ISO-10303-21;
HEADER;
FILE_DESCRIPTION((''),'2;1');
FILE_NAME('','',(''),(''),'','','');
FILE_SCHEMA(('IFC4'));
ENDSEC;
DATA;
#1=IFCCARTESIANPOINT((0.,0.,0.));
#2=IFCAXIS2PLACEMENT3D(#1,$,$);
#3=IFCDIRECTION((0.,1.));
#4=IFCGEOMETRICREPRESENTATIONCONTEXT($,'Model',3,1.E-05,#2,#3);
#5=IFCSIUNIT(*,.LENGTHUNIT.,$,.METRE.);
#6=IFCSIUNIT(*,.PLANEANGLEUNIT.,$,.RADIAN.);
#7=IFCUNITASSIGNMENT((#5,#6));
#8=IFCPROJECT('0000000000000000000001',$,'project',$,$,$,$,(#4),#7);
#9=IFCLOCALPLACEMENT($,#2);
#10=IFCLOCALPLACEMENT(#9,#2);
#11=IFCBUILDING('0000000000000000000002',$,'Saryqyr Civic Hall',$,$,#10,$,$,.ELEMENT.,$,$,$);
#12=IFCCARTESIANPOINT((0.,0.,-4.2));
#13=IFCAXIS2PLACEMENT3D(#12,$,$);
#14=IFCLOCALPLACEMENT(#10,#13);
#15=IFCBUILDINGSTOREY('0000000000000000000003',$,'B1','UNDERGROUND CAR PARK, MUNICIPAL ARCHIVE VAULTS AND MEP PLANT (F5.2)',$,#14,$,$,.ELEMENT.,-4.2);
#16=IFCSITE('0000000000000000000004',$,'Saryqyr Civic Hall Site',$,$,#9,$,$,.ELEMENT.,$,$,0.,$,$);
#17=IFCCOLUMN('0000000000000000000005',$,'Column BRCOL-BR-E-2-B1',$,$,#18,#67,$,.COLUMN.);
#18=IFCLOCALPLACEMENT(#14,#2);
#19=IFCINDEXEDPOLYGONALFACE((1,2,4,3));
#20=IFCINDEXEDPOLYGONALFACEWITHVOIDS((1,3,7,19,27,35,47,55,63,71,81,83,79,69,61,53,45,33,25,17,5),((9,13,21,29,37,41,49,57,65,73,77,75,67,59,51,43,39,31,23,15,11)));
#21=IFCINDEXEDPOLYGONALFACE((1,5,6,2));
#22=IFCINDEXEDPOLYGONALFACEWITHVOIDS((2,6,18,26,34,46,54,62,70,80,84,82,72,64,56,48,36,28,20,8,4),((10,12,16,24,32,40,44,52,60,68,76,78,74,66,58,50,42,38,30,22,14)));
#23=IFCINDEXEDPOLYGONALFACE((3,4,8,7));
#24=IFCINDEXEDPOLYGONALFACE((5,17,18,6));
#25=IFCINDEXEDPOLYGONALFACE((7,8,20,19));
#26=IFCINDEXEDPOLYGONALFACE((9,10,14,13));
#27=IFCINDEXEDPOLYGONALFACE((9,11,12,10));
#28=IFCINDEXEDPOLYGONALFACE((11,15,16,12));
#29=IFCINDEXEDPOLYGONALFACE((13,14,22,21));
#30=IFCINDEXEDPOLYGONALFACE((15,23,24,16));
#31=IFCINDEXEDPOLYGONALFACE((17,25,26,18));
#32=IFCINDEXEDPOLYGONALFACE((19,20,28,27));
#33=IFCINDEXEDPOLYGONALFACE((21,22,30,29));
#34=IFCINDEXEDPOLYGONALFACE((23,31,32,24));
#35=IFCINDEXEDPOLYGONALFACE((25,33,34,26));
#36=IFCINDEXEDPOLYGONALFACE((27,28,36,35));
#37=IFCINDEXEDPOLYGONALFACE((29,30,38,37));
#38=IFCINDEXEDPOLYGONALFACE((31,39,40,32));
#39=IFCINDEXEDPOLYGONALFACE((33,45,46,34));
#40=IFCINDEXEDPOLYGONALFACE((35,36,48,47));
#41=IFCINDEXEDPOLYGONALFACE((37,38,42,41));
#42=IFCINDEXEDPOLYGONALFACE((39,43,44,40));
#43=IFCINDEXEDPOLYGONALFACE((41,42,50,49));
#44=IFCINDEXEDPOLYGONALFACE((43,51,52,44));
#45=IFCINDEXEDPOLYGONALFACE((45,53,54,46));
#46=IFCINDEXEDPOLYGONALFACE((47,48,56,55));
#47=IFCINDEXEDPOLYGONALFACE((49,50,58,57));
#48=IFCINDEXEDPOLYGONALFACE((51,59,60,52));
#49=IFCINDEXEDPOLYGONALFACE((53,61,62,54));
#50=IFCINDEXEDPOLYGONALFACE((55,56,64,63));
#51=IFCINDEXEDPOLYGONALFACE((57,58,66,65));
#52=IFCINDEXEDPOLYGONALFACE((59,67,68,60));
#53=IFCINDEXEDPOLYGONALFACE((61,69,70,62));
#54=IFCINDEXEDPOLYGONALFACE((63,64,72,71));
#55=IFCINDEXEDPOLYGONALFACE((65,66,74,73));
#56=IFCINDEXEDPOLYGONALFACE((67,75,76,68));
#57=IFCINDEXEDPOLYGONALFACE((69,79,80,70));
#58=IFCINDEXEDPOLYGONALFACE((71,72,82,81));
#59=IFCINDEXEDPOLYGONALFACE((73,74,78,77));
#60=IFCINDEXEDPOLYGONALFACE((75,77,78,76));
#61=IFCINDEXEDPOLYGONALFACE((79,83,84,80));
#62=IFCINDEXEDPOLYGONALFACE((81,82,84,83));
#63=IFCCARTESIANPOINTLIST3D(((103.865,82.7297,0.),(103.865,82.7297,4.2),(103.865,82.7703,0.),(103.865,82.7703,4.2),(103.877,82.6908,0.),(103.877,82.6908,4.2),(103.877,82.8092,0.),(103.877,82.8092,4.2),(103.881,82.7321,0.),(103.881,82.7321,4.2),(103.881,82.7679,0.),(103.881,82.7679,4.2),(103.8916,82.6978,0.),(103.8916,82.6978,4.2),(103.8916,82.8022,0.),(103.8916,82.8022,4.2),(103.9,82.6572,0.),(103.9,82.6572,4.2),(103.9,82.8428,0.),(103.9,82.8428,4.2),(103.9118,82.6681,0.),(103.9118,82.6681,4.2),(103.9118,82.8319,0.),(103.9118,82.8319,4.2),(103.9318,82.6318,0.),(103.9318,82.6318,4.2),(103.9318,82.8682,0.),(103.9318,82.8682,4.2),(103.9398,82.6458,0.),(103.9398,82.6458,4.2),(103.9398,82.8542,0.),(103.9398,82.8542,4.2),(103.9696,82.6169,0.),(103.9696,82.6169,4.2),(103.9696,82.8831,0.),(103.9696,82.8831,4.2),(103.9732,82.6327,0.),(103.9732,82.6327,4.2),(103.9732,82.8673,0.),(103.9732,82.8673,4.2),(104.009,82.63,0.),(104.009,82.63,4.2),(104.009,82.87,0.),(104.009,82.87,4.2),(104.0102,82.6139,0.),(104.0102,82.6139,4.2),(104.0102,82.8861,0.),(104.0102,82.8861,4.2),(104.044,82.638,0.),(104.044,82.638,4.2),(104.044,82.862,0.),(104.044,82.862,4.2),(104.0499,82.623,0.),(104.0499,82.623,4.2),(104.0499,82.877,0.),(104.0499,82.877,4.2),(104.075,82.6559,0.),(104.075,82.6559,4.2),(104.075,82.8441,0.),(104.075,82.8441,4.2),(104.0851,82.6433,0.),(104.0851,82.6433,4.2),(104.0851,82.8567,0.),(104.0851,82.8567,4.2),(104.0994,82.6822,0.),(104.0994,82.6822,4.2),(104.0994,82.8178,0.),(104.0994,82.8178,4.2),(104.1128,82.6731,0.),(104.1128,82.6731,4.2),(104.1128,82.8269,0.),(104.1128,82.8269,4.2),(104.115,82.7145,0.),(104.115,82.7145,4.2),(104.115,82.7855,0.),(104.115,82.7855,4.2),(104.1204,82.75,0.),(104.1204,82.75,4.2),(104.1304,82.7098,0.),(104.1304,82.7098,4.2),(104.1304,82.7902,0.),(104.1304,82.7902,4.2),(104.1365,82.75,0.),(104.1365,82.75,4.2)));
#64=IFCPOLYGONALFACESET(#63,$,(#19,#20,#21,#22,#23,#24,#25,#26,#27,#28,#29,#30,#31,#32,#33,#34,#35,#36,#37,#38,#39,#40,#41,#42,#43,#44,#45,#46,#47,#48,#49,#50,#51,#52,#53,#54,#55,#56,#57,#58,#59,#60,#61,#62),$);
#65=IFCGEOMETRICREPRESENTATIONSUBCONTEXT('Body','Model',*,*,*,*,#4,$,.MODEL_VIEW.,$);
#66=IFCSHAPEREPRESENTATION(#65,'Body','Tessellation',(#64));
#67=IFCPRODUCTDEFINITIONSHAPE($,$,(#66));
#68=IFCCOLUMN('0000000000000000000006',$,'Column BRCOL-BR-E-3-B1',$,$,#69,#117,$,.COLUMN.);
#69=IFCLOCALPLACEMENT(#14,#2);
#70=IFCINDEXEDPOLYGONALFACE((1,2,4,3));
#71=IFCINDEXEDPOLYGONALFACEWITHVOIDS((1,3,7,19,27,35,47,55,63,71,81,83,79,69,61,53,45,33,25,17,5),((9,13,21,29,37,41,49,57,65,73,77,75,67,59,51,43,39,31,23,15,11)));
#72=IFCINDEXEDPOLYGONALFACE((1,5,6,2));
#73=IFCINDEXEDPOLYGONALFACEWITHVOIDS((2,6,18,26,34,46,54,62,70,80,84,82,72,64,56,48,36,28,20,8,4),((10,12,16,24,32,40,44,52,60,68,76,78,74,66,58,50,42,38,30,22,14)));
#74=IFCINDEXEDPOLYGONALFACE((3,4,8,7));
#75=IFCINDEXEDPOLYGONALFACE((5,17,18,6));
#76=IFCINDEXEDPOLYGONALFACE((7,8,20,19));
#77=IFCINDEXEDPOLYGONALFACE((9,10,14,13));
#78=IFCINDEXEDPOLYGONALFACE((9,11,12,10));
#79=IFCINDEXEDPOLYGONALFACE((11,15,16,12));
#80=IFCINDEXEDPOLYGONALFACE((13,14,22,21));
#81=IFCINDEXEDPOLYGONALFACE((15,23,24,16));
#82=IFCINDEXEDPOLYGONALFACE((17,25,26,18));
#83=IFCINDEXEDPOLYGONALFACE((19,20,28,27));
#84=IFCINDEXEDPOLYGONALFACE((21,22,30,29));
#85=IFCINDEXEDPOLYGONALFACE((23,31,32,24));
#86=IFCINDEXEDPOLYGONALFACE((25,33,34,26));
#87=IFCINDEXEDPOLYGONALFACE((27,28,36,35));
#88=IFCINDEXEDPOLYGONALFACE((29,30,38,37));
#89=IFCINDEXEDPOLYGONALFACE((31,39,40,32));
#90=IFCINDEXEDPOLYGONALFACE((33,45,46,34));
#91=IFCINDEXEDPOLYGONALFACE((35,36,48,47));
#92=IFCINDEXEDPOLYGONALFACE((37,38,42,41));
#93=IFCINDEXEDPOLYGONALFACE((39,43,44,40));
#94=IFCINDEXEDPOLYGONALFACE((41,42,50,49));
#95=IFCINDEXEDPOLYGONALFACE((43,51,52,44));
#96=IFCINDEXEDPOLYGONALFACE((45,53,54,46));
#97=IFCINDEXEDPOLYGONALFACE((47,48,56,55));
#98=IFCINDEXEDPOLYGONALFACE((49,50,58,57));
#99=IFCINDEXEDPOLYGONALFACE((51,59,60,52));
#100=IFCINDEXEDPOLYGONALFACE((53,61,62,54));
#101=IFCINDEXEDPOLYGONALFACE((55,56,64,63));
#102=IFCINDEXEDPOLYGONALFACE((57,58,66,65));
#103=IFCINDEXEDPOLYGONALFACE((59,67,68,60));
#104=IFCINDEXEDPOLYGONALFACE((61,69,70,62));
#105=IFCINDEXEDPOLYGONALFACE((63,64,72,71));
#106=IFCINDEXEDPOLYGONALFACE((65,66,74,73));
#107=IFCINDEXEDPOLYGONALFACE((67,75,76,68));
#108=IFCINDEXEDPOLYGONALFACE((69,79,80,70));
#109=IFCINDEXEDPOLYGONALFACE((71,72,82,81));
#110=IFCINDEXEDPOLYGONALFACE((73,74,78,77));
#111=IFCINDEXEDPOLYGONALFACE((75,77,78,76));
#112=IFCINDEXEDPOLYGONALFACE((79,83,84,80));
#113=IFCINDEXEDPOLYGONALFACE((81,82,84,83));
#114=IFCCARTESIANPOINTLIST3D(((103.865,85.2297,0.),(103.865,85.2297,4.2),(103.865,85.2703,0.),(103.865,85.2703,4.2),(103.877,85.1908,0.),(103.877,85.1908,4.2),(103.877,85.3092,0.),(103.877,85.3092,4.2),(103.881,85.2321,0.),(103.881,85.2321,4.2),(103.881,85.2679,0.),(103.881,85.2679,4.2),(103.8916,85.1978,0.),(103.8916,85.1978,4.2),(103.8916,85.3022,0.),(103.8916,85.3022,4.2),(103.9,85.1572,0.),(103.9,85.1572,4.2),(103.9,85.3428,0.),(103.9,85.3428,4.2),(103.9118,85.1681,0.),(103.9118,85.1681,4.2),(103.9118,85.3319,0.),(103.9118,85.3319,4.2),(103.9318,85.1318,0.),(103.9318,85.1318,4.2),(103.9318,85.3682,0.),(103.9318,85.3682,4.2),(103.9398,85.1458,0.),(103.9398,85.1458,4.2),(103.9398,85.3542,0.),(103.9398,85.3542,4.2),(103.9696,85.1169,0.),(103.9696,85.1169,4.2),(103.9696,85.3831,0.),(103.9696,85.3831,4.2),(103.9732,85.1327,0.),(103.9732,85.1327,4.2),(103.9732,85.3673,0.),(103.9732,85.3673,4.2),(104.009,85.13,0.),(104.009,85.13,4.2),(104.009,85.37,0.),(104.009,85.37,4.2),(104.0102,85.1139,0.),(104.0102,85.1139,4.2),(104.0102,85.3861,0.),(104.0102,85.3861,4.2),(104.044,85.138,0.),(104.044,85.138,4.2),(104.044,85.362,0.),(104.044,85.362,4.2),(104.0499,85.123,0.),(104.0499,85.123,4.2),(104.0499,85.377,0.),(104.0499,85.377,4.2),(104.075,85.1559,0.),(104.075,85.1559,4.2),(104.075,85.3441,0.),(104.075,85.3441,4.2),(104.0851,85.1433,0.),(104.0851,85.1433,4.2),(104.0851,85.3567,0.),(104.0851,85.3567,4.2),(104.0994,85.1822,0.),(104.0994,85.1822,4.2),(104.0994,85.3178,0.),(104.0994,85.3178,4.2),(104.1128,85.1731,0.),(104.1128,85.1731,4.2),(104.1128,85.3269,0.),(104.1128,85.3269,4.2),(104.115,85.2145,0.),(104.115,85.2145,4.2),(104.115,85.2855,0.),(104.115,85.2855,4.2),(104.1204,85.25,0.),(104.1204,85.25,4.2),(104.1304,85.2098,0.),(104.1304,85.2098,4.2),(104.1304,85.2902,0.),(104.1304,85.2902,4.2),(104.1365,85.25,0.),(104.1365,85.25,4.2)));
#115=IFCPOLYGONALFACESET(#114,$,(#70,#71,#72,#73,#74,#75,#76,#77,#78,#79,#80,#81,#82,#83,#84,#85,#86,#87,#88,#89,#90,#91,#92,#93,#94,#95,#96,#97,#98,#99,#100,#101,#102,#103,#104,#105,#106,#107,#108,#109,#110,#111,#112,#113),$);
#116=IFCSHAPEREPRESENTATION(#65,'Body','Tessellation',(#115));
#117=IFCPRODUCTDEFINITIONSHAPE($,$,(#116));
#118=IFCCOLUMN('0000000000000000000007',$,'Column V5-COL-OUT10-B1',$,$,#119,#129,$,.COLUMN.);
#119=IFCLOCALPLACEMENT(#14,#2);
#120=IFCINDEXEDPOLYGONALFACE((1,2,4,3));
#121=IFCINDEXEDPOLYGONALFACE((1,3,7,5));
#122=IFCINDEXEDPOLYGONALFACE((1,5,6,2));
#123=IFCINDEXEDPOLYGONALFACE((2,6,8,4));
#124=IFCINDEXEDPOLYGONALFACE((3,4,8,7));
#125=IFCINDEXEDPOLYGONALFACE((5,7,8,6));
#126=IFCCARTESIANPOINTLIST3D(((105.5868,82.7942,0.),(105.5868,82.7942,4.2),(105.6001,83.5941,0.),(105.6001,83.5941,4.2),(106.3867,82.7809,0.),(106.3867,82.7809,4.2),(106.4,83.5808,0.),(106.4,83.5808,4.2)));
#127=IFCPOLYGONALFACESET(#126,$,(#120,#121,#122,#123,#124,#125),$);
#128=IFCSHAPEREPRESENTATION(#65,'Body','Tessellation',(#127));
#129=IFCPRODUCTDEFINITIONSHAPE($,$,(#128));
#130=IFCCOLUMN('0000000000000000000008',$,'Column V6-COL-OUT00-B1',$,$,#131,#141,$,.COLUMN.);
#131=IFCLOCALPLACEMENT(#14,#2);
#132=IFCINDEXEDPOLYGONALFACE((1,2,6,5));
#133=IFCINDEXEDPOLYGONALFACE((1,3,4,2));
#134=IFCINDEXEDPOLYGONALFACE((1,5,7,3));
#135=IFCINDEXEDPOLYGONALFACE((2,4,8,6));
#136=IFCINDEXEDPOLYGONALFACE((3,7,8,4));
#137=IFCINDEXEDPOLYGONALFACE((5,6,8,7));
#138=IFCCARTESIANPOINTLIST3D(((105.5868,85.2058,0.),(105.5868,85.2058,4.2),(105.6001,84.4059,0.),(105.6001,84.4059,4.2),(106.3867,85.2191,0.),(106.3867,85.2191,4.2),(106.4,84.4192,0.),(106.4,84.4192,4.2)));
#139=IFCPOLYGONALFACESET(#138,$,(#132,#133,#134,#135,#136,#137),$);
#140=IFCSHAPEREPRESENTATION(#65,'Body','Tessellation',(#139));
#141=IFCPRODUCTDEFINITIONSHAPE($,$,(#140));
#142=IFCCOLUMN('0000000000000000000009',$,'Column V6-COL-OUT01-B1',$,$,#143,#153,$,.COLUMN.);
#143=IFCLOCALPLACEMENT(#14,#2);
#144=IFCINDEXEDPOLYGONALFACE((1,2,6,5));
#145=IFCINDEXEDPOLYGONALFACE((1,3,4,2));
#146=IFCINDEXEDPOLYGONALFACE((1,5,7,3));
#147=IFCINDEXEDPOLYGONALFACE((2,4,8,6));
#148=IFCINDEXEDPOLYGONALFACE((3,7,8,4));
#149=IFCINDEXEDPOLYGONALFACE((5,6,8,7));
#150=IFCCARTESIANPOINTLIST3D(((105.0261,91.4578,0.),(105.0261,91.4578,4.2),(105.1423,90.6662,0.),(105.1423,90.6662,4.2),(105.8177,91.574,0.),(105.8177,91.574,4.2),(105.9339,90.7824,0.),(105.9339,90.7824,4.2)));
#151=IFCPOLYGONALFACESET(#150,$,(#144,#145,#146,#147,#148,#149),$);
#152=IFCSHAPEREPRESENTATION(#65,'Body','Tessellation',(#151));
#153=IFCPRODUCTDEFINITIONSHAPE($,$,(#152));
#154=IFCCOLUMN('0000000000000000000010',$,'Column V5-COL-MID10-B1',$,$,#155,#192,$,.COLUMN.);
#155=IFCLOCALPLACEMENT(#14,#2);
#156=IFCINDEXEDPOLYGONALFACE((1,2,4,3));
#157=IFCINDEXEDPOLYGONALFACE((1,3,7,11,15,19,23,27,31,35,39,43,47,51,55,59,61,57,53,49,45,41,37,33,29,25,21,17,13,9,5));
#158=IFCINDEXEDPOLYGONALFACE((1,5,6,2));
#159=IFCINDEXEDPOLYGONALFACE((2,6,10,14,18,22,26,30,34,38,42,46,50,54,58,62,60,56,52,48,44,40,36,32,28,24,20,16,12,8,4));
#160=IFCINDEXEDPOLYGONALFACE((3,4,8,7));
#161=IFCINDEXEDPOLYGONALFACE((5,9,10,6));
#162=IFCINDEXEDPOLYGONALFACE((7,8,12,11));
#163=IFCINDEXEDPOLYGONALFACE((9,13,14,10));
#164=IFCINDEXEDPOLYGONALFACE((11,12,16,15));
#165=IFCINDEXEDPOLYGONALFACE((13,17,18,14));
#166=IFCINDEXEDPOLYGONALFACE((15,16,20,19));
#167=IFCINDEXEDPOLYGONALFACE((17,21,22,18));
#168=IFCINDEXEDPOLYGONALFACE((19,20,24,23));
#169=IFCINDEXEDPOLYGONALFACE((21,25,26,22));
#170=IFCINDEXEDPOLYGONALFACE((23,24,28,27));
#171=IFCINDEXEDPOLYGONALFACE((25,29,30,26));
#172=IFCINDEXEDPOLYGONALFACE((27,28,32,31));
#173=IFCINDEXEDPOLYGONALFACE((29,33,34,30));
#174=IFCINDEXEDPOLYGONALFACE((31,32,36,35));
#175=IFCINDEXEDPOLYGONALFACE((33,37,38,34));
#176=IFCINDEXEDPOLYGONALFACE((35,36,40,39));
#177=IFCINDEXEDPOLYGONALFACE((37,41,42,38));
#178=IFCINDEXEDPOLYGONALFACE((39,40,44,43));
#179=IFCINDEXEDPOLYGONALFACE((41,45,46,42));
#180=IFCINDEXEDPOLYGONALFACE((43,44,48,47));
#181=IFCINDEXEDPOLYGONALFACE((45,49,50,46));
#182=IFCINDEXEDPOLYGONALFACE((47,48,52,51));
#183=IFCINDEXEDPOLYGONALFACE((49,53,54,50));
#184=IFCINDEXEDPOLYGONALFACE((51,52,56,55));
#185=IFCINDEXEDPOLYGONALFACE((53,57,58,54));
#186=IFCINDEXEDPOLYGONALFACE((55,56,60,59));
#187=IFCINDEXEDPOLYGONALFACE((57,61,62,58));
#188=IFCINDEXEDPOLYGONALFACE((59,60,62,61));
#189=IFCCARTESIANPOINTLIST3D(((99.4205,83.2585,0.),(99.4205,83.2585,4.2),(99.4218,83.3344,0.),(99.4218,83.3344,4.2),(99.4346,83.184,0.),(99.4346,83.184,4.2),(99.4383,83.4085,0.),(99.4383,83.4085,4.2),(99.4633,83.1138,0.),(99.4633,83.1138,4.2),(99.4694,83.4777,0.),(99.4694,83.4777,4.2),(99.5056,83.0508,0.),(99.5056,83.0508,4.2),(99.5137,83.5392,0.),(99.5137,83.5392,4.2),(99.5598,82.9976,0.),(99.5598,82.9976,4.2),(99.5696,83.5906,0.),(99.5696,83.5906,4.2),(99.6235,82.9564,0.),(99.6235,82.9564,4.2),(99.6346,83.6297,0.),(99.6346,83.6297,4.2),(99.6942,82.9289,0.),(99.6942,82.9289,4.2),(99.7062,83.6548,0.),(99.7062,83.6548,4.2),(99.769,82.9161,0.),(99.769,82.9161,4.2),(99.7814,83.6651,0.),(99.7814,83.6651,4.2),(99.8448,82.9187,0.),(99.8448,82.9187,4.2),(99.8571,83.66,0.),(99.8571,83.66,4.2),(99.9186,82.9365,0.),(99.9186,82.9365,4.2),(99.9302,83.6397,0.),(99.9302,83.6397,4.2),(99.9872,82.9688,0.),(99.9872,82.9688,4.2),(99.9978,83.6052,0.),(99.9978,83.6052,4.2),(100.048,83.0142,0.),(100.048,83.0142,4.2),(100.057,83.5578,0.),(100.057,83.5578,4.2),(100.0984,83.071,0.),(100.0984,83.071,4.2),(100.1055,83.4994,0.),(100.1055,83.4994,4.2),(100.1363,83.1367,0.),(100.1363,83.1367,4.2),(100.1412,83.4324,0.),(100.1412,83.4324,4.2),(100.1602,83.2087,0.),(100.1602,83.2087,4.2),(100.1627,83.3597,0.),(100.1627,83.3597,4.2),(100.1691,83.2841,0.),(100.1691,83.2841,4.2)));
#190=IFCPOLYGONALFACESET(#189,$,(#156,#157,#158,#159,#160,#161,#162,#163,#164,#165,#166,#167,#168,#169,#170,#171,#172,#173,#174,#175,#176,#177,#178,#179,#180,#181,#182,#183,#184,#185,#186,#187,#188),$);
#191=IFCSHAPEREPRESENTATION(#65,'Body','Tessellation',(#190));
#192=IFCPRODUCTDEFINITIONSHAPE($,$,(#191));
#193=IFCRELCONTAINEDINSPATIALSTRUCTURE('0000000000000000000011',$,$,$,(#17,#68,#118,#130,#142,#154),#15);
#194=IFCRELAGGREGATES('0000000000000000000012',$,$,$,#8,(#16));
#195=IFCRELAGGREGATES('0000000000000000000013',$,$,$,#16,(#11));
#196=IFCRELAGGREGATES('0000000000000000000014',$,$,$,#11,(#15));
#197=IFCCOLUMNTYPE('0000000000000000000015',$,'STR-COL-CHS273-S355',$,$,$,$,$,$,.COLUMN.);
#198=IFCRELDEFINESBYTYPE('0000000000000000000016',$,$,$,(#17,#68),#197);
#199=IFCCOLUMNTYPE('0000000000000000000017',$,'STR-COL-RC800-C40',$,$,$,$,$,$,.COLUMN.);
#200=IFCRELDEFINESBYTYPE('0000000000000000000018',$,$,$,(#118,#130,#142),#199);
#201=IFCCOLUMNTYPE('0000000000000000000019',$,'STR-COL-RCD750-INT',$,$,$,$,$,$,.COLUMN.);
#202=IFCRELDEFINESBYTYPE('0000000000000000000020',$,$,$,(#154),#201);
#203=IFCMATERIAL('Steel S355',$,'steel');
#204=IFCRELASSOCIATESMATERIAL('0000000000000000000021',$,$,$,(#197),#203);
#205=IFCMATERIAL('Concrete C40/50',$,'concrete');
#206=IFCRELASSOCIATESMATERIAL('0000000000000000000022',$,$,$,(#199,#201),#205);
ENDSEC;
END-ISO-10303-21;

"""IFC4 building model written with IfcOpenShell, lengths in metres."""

from ifc_helpers import new_model, si_unit, direction, frame, origin, origin_2d, place, context, subcontext, project, spatial, rectangle, circle, hollow_circle, extrude, material, material_profile, profile_set, type_object, element, save


model = new_model("IFC4")

# Units and contexts
model_context = context("Model", 3, precision=1e-05, world=origin(), true_north=direction((0.0, 1.0)))
body_context = subcontext(model_context, "Body", "Model", "MODEL_VIEW")
ifc_project = project(units=[si_unit("LENGTHUNIT", "METRE"), si_unit("PLANEANGLEUNIT", "RADIAN")], contexts=[model_context])

# Site, building, storey
site_placement = place(None, origin())
site = spatial("IfcSite", under=ifc_project, at=site_placement, Name="Saryqyr Civic Hall Site", CompositionType="ELEMENT", RefElevation=0.0)
building_placement = place(site_placement, origin())
building = spatial("IfcBuilding", under=site, at=building_placement, Name="Saryqyr Civic Hall", CompositionType="ELEMENT")
storey_placement = place(building_placement, frame((0.0, 0.0, -4.2)))
storey = spatial("IfcBuildingStorey", under=building, at=storey_placement, Name="B1", Description="UNDERGROUND CAR PARK, MUNICIPAL ARCHIVE VAULTS AND MEP PLANT (F5.2)", CompositionType="ELEMENT", Elevation=-4.2)

# Columns
ifc_material_1 = material(Name="Steel S355", Category="steel")
ifc_material_profile_1 = material_profile(ifc_material_1, hollow_circle(Radius=0.1365, WallThickness=0.0161, at=origin_2d()), Name="CHS 273x16")
ifc_profile_set_1 = profile_set([ifc_material_profile_1], Name="Steel S355")
column_type_1 = type_object("IfcColumnType", Name="STR-COL-CHS273-S355", PredefinedType="COLUMN", material=ifc_profile_set_1)
for number, where, z_axis, x_axis, name in (
    (1, (104.0, 82.75, 0.0), (0.0, 0.0, 1.0), (1.0, 0.0, 0.0), "Column BRCOL-BR-E-2-B1"),
    (2, (104.0, 85.25, 0.0), (0.0, 0.0, 1.0), (1.0, 0.0, 0.0), "Column BRCOL-BR-E-3-B1"),
):
    element("IfcColumn", number, at=place(storey_placement, frame(where, z_axis=z_axis, x_axis=x_axis)), inside=storey, type_object=column_type_1, Name=name, PredefinedType="COLUMN", context=body_context, shape_type="SweptSolid", body=[
        extrude(hollow_circle(Radius=0.1365, WallThickness=0.0161, at=origin_2d()), origin(), (0.0, 0.0, 1.0), 4.2),
    ])
ifc_material_2 = material(Name="Concrete C40/50", Category="concrete")
ifc_material_profile_2 = material_profile(ifc_material_2, rectangle(XDim=0.8, YDim=0.8, at=origin_2d()), Name="RC 800x800")
ifc_profile_set_2 = profile_set([ifc_material_profile_2], Name="Concrete C40/50")
column_type_2 = type_object("IfcColumnType", Name="STR-COL-RC800-C40", PredefinedType="COLUMN", material=ifc_profile_set_2)
for number, where, z_axis, x_axis, name in (
    (3, (105.9934, 83.1875, 0.0), (0.0, 0.0, 1.0), (0.999863, -0.01658, 0.0), "Column V5-COL-OUT10-B1"),
    (4, (105.9934, 84.8125, 0.0), (0.0, 0.0, 1.0), (0.999863, 0.01658, 0.0), "Column V6-COL-OUT00-B1"),
    (5, (105.48, 91.1201, 0.0), (0.0, 0.0, 1.0), (0.989399, 0.14522, 0.0), "Column V6-COL-OUT01-B1"),
):
    element("IfcColumn", number, at=place(storey_placement, frame(where, z_axis=z_axis, x_axis=x_axis)), inside=storey, type_object=column_type_2, Name=name, PredefinedType="COLUMN", context=body_context, shape_type="SweptSolid", body=[
        extrude(rectangle(XDim=0.8, YDim=0.8, at=origin_2d()), origin(), (0.0, 0.0, 1.0), 4.2),
    ])
ifc_material_profile_3 = material_profile(ifc_material_2, circle(Radius=0.375, at=origin_2d()), Name="RC D750")
ifc_profile_set_3 = profile_set([ifc_material_profile_3], Name="Concrete C40/50")
column_type_3 = type_object("IfcColumnType", Name="STR-COL-RCD750-INT", PredefinedType="COLUMN", material=ifc_profile_set_3)
for number, where, z_axis, x_axis, name in (
    (6, (99.7942, 83.2903, 0.0), (0.0, 0.0, 1.0), (0.999863, -0.01658, 0.0), "Column V5-COL-MID10-B1"),
):
    element("IfcColumn", number, at=place(storey_placement, frame(where, z_axis=z_axis, x_axis=x_axis)), inside=storey, type_object=column_type_3, Name=name, PredefinedType="COLUMN", context=body_context, shape_type="SweptSolid", body=[
        extrude(circle(Radius=0.375, at=origin_2d()), origin(), (0.0, 0.0, 1.0), 4.2),
    ])

save(model, "model.ifc")
